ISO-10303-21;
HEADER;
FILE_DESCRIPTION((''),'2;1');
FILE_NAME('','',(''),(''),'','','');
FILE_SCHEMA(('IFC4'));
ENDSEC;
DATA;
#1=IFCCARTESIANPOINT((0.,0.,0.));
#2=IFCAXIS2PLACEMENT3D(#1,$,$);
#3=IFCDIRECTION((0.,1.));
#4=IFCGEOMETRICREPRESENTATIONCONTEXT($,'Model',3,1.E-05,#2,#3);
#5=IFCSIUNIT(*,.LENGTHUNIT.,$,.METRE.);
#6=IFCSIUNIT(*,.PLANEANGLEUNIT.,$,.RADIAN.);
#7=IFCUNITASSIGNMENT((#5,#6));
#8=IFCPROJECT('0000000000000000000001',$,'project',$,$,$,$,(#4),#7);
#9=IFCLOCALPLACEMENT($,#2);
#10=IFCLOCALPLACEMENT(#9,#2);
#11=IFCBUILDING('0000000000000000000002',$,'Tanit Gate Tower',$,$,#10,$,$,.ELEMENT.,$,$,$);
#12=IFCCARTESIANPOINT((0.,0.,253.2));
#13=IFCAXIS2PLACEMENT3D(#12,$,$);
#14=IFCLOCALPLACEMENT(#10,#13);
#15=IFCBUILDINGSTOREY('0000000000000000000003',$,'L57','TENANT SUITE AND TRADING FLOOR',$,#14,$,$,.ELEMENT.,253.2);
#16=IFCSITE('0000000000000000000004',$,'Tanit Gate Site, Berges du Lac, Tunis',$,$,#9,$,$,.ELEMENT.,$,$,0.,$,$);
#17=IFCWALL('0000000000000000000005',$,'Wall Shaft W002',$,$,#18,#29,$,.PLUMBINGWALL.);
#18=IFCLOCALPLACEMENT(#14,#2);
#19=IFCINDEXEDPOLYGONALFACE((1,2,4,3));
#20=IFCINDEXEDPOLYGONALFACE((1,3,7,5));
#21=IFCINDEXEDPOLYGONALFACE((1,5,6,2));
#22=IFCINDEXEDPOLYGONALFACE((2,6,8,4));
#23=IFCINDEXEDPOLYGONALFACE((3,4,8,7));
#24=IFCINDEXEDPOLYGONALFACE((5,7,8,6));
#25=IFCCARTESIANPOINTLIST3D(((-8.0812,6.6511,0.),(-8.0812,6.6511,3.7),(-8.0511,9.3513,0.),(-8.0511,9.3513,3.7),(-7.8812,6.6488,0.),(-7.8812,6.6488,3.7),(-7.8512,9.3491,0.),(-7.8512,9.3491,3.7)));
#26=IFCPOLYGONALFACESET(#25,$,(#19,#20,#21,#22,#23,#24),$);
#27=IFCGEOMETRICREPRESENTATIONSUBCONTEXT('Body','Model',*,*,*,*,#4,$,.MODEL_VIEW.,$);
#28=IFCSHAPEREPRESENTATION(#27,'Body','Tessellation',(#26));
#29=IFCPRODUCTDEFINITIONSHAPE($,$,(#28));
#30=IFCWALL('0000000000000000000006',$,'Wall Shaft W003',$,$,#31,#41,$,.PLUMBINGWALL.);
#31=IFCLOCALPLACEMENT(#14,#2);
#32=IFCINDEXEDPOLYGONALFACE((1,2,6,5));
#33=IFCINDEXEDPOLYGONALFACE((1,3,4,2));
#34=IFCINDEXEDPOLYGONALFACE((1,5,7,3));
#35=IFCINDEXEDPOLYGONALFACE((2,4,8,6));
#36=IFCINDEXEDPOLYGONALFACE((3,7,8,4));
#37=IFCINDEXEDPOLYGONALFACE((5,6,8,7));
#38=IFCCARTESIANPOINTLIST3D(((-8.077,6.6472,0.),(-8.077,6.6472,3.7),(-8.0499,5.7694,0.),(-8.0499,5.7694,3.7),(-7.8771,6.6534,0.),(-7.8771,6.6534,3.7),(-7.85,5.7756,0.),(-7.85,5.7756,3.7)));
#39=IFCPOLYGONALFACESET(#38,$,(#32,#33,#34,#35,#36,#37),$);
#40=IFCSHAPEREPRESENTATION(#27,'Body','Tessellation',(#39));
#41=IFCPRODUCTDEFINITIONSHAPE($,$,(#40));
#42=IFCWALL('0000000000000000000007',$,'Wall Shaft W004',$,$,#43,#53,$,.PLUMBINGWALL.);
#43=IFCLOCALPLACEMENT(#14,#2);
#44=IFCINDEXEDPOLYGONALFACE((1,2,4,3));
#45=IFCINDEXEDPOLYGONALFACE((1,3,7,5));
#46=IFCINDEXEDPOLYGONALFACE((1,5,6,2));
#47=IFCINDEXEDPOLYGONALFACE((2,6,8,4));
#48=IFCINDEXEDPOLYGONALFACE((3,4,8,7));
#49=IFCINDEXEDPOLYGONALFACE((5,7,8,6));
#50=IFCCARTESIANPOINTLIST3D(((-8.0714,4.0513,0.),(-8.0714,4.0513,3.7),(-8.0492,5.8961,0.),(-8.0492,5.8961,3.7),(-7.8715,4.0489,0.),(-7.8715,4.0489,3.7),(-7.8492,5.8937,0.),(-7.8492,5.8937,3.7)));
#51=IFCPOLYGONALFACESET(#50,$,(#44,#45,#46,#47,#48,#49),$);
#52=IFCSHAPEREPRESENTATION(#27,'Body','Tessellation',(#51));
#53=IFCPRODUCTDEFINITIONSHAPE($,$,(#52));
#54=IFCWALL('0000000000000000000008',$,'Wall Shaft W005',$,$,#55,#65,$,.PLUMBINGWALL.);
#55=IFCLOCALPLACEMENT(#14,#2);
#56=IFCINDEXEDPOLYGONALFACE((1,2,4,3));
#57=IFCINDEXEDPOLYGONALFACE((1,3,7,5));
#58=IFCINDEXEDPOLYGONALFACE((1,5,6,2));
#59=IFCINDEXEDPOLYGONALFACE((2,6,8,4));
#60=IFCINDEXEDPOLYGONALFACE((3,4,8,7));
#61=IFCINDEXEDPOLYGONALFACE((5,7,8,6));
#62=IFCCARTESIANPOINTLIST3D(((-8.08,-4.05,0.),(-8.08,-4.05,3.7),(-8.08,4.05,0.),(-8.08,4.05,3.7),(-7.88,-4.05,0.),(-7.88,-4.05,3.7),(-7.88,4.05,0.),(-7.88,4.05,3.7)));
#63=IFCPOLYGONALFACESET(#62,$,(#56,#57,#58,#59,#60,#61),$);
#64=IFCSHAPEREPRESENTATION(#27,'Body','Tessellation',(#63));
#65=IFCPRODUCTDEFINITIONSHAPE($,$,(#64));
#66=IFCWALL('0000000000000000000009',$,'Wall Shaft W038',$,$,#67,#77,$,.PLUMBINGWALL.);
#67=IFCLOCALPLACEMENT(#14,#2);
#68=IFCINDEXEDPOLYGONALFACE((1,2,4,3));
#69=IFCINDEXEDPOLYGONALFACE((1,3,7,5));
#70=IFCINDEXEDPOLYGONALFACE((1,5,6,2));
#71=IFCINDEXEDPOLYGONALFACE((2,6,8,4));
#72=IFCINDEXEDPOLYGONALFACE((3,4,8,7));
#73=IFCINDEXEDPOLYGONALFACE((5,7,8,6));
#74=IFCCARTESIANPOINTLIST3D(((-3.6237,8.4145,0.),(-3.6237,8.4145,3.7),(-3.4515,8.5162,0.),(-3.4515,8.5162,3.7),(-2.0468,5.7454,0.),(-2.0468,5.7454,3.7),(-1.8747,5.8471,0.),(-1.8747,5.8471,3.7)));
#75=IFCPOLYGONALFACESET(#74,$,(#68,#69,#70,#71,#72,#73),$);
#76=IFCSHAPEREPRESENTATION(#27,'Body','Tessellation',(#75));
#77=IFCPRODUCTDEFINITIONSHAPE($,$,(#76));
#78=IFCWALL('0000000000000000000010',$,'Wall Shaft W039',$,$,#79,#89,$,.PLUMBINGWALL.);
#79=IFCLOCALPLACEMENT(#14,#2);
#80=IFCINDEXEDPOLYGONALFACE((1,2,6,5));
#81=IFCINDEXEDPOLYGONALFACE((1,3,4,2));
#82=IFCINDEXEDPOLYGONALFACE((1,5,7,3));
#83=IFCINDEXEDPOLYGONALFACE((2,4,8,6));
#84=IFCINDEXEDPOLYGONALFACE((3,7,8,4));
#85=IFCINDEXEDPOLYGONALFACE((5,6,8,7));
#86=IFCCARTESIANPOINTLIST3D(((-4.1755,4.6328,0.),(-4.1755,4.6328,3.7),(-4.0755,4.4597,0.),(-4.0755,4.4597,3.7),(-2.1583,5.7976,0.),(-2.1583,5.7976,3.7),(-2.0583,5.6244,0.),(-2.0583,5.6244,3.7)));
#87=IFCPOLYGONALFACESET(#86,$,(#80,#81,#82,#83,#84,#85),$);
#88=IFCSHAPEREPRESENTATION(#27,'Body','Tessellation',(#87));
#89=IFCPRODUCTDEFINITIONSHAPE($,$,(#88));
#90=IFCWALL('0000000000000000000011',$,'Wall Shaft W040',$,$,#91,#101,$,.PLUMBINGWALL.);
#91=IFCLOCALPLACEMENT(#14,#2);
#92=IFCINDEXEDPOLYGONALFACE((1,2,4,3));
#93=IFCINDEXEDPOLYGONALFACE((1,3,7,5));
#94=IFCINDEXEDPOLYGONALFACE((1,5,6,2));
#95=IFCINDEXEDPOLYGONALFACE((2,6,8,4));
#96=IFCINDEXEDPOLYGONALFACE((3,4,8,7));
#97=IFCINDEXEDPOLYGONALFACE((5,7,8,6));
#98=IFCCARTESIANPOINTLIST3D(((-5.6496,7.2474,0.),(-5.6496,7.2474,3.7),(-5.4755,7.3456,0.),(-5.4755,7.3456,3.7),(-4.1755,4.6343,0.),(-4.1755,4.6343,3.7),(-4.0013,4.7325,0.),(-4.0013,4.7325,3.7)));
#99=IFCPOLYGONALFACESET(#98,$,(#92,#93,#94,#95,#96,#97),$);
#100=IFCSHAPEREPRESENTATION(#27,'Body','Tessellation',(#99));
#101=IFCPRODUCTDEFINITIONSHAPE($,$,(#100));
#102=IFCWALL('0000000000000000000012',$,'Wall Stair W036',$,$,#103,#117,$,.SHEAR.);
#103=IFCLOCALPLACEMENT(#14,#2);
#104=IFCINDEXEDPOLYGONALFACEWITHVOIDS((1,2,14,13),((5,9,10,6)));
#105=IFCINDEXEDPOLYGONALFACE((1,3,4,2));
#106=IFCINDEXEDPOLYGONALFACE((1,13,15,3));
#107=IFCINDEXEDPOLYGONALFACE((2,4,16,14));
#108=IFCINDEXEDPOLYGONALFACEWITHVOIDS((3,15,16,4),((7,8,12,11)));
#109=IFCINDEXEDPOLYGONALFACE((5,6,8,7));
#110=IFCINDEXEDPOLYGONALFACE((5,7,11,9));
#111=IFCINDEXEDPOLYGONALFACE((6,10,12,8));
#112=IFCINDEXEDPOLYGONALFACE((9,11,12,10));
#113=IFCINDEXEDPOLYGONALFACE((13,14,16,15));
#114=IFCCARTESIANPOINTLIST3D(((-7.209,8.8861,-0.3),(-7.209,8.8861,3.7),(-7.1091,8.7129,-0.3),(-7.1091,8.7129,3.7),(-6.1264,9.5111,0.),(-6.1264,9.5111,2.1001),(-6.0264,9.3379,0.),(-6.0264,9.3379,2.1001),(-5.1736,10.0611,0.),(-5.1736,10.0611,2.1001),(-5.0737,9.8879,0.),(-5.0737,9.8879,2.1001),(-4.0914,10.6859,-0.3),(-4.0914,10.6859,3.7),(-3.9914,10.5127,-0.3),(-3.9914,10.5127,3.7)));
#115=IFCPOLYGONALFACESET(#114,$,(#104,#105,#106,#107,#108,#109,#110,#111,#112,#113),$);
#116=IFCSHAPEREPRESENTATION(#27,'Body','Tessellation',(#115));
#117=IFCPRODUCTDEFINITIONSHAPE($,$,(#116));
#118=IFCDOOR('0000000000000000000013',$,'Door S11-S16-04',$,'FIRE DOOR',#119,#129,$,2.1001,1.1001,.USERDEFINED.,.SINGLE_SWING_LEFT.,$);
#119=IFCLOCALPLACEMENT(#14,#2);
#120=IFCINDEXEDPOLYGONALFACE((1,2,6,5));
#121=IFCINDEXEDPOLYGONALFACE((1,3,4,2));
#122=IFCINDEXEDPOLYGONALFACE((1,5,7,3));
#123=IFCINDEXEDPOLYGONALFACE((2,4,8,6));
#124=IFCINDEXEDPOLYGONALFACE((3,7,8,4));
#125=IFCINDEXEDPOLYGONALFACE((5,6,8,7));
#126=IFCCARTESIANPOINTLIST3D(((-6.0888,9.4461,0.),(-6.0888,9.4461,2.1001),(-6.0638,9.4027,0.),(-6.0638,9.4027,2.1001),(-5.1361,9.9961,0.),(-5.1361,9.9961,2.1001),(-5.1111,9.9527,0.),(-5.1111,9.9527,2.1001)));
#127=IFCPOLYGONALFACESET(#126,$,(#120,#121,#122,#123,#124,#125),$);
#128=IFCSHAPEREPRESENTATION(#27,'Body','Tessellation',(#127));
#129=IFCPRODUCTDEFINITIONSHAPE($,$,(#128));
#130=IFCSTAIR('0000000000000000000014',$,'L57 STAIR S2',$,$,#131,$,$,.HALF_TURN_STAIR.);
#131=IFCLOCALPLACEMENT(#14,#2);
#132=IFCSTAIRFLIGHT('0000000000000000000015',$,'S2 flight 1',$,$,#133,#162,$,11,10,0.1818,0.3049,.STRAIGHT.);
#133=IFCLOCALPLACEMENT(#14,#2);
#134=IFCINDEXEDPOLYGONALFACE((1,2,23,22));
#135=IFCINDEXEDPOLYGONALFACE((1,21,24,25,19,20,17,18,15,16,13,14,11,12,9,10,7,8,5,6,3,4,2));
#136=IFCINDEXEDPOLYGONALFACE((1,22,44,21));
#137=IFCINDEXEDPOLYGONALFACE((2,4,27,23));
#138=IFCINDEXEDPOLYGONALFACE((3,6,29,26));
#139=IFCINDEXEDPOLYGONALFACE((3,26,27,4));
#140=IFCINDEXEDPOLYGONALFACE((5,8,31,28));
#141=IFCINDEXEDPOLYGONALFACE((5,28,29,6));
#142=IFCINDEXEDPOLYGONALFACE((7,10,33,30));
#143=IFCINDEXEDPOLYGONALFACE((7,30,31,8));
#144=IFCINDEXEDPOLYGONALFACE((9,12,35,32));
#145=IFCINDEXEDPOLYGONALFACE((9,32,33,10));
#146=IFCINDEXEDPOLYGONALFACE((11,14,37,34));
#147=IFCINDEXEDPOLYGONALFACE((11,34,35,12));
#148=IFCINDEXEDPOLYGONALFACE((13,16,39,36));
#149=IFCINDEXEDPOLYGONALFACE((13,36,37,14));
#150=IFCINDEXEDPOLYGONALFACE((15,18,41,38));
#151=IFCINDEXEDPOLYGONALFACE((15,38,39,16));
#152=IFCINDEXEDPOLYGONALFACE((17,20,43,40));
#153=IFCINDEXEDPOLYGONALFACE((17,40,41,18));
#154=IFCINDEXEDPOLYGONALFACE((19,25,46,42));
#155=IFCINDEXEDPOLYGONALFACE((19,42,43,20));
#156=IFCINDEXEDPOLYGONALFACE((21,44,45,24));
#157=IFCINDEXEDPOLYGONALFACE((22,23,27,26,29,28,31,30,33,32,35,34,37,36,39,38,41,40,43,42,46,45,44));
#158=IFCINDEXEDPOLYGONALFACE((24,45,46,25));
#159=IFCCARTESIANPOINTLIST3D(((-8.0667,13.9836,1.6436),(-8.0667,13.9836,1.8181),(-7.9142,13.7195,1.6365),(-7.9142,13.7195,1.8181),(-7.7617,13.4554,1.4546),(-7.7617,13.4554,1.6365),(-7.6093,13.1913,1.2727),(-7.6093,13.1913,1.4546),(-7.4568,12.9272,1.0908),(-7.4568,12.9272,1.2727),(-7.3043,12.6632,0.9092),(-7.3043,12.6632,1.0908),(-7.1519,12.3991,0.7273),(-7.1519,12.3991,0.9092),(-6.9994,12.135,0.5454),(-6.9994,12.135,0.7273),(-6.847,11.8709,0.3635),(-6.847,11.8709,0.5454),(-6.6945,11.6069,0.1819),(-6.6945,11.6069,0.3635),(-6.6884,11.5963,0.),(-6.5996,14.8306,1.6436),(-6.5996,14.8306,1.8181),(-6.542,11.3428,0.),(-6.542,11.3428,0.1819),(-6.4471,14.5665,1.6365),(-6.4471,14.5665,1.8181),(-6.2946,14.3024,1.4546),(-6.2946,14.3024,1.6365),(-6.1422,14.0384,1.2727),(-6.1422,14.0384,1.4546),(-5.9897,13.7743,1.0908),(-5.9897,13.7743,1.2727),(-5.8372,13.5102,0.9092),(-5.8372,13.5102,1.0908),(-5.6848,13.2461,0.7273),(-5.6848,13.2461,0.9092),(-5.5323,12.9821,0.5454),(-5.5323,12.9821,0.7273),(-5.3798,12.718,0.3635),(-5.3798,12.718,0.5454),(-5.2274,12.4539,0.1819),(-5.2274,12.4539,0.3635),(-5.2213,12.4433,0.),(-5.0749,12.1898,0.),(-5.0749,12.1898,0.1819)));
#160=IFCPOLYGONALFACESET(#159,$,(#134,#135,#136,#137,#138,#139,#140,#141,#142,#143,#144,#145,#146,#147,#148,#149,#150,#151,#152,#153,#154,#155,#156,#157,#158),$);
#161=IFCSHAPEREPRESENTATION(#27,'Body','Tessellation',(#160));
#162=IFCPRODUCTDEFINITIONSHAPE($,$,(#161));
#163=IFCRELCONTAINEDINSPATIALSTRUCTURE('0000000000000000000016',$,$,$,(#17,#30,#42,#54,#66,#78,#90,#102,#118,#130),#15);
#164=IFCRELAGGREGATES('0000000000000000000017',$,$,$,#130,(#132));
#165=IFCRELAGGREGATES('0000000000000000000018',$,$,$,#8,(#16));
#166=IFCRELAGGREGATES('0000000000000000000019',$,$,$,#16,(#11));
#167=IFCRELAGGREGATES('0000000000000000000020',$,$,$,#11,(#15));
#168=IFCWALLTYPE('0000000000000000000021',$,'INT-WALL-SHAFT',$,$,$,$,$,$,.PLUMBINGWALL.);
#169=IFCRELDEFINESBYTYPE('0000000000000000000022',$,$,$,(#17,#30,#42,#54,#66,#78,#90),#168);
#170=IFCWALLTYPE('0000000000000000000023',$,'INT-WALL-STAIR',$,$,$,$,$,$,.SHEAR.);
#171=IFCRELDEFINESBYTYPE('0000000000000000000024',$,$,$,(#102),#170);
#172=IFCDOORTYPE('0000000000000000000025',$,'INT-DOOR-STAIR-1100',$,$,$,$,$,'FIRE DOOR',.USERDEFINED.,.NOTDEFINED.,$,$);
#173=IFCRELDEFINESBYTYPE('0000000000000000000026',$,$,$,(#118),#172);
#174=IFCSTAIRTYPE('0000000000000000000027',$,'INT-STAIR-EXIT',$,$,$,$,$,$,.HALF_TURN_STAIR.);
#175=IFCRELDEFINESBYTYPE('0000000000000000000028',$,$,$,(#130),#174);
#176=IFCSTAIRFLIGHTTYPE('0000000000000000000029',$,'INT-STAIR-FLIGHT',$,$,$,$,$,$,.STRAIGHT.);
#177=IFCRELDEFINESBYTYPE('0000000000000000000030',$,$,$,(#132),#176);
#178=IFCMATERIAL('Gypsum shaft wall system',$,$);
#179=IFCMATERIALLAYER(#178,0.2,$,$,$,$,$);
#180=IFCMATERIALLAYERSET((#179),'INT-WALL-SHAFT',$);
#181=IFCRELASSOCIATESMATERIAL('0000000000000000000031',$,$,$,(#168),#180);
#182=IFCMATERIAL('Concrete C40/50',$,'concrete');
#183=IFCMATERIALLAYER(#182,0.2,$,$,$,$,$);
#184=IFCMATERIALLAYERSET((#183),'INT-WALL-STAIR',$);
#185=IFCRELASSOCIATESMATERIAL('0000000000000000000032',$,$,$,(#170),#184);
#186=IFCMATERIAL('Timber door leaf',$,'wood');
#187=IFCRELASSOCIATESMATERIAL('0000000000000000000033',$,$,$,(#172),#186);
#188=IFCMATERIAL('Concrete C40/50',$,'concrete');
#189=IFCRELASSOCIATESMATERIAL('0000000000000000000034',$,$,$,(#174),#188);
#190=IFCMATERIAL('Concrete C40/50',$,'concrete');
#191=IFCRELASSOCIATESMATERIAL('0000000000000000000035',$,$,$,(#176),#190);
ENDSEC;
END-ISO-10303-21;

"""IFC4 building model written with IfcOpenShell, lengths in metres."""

from ifc_helpers import new_model, si_unit, direction, frame, frame_2d, origin, place, context, subcontext, project, spatial, polyline, rectangle, outline, extrude, material, layer, layer_set, type_object, element, fill, aggregate, save


model = new_model("IFC4")

# Units and contexts
model_context = context("Model", 3, precision=1e-05, world=origin(), true_north=direction((0.0, 1.0)))
body_context = subcontext(model_context, "Body", "Model", "MODEL_VIEW")
ifc_project = project(units=[si_unit("LENGTHUNIT", "METRE"), si_unit("PLANEANGLEUNIT", "RADIAN")], contexts=[model_context])

# Site, building, storey
site_placement = place(None, origin())
site = spatial("IfcSite", under=ifc_project, at=site_placement, Name="Tanit Gate Site, Berges du Lac, Tunis", CompositionType="ELEMENT", RefElevation=0.0)
building_placement = place(site_placement, origin())
building = spatial("IfcBuilding", under=site, at=building_placement, Name="Tanit Gate Tower", CompositionType="ELEMENT")
storey_placement = place(building_placement, frame((0.0, 0.0, 253.2)))
storey = spatial("IfcBuildingStorey", under=building, at=storey_placement, Name="L57", Description="TENANT SUITE AND TRADING FLOOR", CompositionType="ELEMENT", Elevation=253.2)

# Walls
ifc_material_1 = material(Name="Gypsum shaft wall system")
ifc_layer_1 = layer(ifc_material_1, 0.2)
ifc_layer_set_1 = layer_set([ifc_layer_1], Name="INT-WALL-SHAFT")
wall_type_1 = type_object("IfcWallType", Name="INT-WALL-SHAFT", PredefinedType="PLUMBINGWALL", material=ifc_layer_set_1)
wall_1_placement = place(storey_placement, frame((-7.9512, 9.3501, 0.0), z_axis=(0.0, 0.0, 1.0), x_axis=(-0.01112, -0.999938, 0.0)))
element("IfcWall", 1, at=wall_1_placement, inside=storey, type_object=wall_type_1, Name="Wall Shaft W002", PredefinedType="PLUMBINGWALL", context=body_context, shape_type="SweptSolid", body=[
    extrude(rectangle(XDim=2.7004, YDim=0.2, at=frame_2d((1.3501, 0.0))), origin(), (0.0, 0.0, 1.0), 3.7),
])
wall_2_placement = place(storey_placement, frame((-7.9771, 6.6501, 0.0), z_axis=(0.0, 0.0, 1.0), x_axis=(0.030862, -0.999524, 0.0)))
element("IfcWall", 2, at=wall_2_placement, inside=storey, type_object=wall_type_1, Name="Wall Shaft W003", PredefinedType="PLUMBINGWALL", context=body_context, shape_type="SweptSolid", body=[
    extrude(rectangle(XDim=0.8782, YDim=0.2, at=frame_2d((0.439, 0.0))), origin(), (0.0, 0.0, 1.0), 3.7),
])
wall_3_placement = place(storey_placement, frame((-7.9492, 5.8948, 0.0), z_axis=(0.0, 0.0, 1.0), x_axis=(-0.012043, -0.999927, 0.0)))
element("IfcWall", 3, at=wall_3_placement, inside=storey, type_object=wall_type_1, Name="Wall Shaft W004", PredefinedType="PLUMBINGWALL", context=body_context, shape_type="SweptSolid", body=[
    extrude(rectangle(XDim=1.845, YDim=0.2, at=frame_2d((0.9224, 0.0))), origin(), (0.0, 0.0, 1.0), 3.7),
])
wall_4_placement = place(storey_placement, frame((-7.98, 4.05, 0.0), z_axis=(0.0, 0.0, 1.0), x_axis=(0.0, -1.0, 0.0)))
element("IfcWall", 4, at=wall_4_placement, inside=storey, type_object=wall_type_1, Name="Wall Shaft W005", PredefinedType="PLUMBINGWALL", context=body_context, shape_type="SweptSolid", body=[
    extrude(rectangle(XDim=8.1001, YDim=0.2, at=frame_2d((4.05, 0.0))), origin(), (0.0, 0.0, 1.0), 3.7),
])

# Walls
wall_5_placement = place(storey_placement, frame((-3.5376, 8.4653, 0.0), z_axis=(0.0, 0.0, 1.0), x_axis=(0.508647, -0.860975, 0.0)))
element("IfcWall", 5, at=wall_5_placement, inside=storey, type_object=wall_type_1, Name="Wall Shaft W038", PredefinedType="PLUMBINGWALL", context=body_context, shape_type="SweptSolid", body=[
    extrude(rectangle(XDim=3.1001, YDim=0.2, at=frame_2d((1.55, 0.0))), origin(), (0.0, 0.0, 1.0), 3.7),
])
wall_6_placement = place(storey_placement, frame((-2.1084, 5.7109, 0.0), z_axis=(0.0, 0.0, 1.0), x_axis=(-0.866009, -0.500028, 0.0)))
element("IfcWall", 6, at=wall_6_placement, inside=storey, type_object=wall_type_1, Name="Wall Shaft W039", PredefinedType="PLUMBINGWALL", context=body_context, shape_type="SweptSolid", body=[
    extrude(rectangle(XDim=2.3293, YDim=0.2, at=frame_2d((1.1646, 0.0))), origin(), (0.0, 0.0, 1.0), 3.7),
])
wall_7_placement = place(storey_placement, frame((-5.5625, 7.2964, 0.0), z_axis=(0.0, 0.0, 1.0), x_axis=(0.491347, -0.870964, 0.0)))
element("IfcWall", 7, at=wall_7_placement, inside=storey, type_object=wall_type_1, Name="Wall Shaft W040", PredefinedType="PLUMBINGWALL", context=body_context, shape_type="SweptSolid", body=[
    extrude(rectangle(XDim=3.0002, YDim=0.2, at=frame_2d((1.5, 0.0))), origin(), (0.0, 0.0, 1.0), 3.7),
])

# Wall, opening, door
ifc_material_2 = material(Name="Concrete C40/50", Category="concrete")
ifc_layer_2 = layer(ifc_material_2, 0.2)
ifc_layer_set_2 = layer_set([ifc_layer_2], Name="INT-WALL-STAIR")
wall_type_2 = type_object("IfcWallType", Name="INT-WALL-STAIR", PredefinedType="SHEAR", material=ifc_layer_set_2)
wall_8_placement = place(storey_placement, frame((-7.1589, 8.7996, -0.3), z_axis=(0.0, 0.0, 1.0), x_axis=(0.866048, 0.499961, 0.0)))
wall_8 = element("IfcWall", 8, at=wall_8_placement, inside=storey, type_object=wall_type_2, Name="Wall Stair W036", PredefinedType="SHEAR", context=body_context, shape_type="SweptSolid", body=[
    extrude(rectangle(XDim=3.5999, YDim=0.2, at=frame_2d((1.7998, 0.0))), origin(), (0.0, 0.0, 1.0), 4.0),
])
opening_1_placement = place(wall_8_placement, frame((1.25, 0.0, 0.3)))
opening_1 = element("IfcOpeningElement", 9, at=opening_1_placement, cuts=wall_8, PredefinedType="OPENING", context=body_context, shape_type="SweptSolid", body=[
    extrude(rectangle(XDim=1.1001, YDim=2.1001, at=frame_2d((0.55, 1.05))), frame((0.0, 0.1099, 0.0), z_axis=(0.0, -1.0, 0.0), x_axis=(1.0, 0.0, 0.0)), (0.0, 0.0, 1.0), 0.22),
])
ifc_material_3 = material(Name="Timber door leaf", Category="wood")
door_type_1 = type_object("IfcDoorType", Name="INT-DOOR-STAIR-1100", ElementType="FIRE DOOR", OperationType="NOTDEFINED", PredefinedType="USERDEFINED", material=ifc_material_3)
door_1_placement = place(opening_1_placement, origin())
door_1 = element("IfcDoor", 10, at=door_1_placement, inside=storey, type_object=door_type_1, Name="Door S11-S16-04", ObjectType="FIRE DOOR", OperationType="SINGLE_SWING_LEFT", OverallHeight=2.1001, OverallWidth=1.1001, PredefinedType="USERDEFINED", context=body_context, shape_type="SweptSolid", body=[
    extrude(rectangle(XDim=1.1001, YDim=2.1001, at=frame_2d((0.55, 1.05))), frame((0.0, 0.0249, 0.0), z_axis=(0.0, -1.0, 0.0), x_axis=(1.0, 0.0, 0.0)), (0.0, 0.0, 1.0), 0.05),
])
fill(opening_1, door_1)

# Stair, stair flight
ifc_material_4 = material(Name="Concrete C40/50", Category="concrete")
stair_type = type_object("IfcStairType", Name="INT-STAIR-EXIT", PredefinedType="HALF_TURN_STAIR", material=ifc_material_4)
stair_placement = place(storey_placement, origin())
stair = element("IfcStair", 11, at=stair_placement, inside=storey, type_object=stair_type, Name="L57 STAIR S2", PredefinedType="HALF_TURN_STAIR")
ifc_material_5 = material(Name="Concrete C40/50", Category="concrete")
stair_flight_type = type_object("IfcStairFlightType", Name="INT-STAIR-FLIGHT", PredefinedType="STRAIGHT", material=ifc_material_5)
stair_flight_placement = place(storey_placement, frame((-5.8083, 11.7664, 0.0), z_axis=(0.0, 0.0, 1.0), x_axis=(-0.5, 0.866025, 0.0)))
stair_flight = element("IfcStairFlight", 12, at=stair_flight_placement, type_object=stair_flight_type, Name="S2 flight 1", NumberOfRisers=11, NumberOfTreads=10, PredefinedType="STRAIGHT", RiserHeight=0.1818, TreadLength=0.3049, context=body_context, shape_type="SweptSolid", body=[
    extrude(outline(polyline([(0.0, 0.0), (0.0, 0.1819), (0.3049, 0.1819), (0.3049, 0.3635), (0.6099, 0.3635), (0.6099, 0.5454), (0.9148, 0.5454), (0.9148, 0.7273), (1.2197, 0.7273), (1.2197, 0.9092), (1.5247, 0.9092), (1.5247, 1.0908), (1.8296, 1.0908), (1.8296, 1.2727), (2.1345, 1.2727), (2.1345, 1.4546), (2.4395, 1.4546), (2.4395, 1.6365), (2.7444, 1.6365), (2.7444, 1.8181), (3.0493, 1.8181), (3.0493, 2.0), (3.0493, 1.6436), (0.2927, 0.0), (0.0, 0.0)])), frame((0.0, 0.8472, 0.0), z_axis=(0.0, -1.0, 0.0), x_axis=(1.0, 0.0, 0.0)), (0.0, 0.0, 1.0), 1.6941),
])
aggregate(stair, [stair_flight])

save(model, "model.ifc")
